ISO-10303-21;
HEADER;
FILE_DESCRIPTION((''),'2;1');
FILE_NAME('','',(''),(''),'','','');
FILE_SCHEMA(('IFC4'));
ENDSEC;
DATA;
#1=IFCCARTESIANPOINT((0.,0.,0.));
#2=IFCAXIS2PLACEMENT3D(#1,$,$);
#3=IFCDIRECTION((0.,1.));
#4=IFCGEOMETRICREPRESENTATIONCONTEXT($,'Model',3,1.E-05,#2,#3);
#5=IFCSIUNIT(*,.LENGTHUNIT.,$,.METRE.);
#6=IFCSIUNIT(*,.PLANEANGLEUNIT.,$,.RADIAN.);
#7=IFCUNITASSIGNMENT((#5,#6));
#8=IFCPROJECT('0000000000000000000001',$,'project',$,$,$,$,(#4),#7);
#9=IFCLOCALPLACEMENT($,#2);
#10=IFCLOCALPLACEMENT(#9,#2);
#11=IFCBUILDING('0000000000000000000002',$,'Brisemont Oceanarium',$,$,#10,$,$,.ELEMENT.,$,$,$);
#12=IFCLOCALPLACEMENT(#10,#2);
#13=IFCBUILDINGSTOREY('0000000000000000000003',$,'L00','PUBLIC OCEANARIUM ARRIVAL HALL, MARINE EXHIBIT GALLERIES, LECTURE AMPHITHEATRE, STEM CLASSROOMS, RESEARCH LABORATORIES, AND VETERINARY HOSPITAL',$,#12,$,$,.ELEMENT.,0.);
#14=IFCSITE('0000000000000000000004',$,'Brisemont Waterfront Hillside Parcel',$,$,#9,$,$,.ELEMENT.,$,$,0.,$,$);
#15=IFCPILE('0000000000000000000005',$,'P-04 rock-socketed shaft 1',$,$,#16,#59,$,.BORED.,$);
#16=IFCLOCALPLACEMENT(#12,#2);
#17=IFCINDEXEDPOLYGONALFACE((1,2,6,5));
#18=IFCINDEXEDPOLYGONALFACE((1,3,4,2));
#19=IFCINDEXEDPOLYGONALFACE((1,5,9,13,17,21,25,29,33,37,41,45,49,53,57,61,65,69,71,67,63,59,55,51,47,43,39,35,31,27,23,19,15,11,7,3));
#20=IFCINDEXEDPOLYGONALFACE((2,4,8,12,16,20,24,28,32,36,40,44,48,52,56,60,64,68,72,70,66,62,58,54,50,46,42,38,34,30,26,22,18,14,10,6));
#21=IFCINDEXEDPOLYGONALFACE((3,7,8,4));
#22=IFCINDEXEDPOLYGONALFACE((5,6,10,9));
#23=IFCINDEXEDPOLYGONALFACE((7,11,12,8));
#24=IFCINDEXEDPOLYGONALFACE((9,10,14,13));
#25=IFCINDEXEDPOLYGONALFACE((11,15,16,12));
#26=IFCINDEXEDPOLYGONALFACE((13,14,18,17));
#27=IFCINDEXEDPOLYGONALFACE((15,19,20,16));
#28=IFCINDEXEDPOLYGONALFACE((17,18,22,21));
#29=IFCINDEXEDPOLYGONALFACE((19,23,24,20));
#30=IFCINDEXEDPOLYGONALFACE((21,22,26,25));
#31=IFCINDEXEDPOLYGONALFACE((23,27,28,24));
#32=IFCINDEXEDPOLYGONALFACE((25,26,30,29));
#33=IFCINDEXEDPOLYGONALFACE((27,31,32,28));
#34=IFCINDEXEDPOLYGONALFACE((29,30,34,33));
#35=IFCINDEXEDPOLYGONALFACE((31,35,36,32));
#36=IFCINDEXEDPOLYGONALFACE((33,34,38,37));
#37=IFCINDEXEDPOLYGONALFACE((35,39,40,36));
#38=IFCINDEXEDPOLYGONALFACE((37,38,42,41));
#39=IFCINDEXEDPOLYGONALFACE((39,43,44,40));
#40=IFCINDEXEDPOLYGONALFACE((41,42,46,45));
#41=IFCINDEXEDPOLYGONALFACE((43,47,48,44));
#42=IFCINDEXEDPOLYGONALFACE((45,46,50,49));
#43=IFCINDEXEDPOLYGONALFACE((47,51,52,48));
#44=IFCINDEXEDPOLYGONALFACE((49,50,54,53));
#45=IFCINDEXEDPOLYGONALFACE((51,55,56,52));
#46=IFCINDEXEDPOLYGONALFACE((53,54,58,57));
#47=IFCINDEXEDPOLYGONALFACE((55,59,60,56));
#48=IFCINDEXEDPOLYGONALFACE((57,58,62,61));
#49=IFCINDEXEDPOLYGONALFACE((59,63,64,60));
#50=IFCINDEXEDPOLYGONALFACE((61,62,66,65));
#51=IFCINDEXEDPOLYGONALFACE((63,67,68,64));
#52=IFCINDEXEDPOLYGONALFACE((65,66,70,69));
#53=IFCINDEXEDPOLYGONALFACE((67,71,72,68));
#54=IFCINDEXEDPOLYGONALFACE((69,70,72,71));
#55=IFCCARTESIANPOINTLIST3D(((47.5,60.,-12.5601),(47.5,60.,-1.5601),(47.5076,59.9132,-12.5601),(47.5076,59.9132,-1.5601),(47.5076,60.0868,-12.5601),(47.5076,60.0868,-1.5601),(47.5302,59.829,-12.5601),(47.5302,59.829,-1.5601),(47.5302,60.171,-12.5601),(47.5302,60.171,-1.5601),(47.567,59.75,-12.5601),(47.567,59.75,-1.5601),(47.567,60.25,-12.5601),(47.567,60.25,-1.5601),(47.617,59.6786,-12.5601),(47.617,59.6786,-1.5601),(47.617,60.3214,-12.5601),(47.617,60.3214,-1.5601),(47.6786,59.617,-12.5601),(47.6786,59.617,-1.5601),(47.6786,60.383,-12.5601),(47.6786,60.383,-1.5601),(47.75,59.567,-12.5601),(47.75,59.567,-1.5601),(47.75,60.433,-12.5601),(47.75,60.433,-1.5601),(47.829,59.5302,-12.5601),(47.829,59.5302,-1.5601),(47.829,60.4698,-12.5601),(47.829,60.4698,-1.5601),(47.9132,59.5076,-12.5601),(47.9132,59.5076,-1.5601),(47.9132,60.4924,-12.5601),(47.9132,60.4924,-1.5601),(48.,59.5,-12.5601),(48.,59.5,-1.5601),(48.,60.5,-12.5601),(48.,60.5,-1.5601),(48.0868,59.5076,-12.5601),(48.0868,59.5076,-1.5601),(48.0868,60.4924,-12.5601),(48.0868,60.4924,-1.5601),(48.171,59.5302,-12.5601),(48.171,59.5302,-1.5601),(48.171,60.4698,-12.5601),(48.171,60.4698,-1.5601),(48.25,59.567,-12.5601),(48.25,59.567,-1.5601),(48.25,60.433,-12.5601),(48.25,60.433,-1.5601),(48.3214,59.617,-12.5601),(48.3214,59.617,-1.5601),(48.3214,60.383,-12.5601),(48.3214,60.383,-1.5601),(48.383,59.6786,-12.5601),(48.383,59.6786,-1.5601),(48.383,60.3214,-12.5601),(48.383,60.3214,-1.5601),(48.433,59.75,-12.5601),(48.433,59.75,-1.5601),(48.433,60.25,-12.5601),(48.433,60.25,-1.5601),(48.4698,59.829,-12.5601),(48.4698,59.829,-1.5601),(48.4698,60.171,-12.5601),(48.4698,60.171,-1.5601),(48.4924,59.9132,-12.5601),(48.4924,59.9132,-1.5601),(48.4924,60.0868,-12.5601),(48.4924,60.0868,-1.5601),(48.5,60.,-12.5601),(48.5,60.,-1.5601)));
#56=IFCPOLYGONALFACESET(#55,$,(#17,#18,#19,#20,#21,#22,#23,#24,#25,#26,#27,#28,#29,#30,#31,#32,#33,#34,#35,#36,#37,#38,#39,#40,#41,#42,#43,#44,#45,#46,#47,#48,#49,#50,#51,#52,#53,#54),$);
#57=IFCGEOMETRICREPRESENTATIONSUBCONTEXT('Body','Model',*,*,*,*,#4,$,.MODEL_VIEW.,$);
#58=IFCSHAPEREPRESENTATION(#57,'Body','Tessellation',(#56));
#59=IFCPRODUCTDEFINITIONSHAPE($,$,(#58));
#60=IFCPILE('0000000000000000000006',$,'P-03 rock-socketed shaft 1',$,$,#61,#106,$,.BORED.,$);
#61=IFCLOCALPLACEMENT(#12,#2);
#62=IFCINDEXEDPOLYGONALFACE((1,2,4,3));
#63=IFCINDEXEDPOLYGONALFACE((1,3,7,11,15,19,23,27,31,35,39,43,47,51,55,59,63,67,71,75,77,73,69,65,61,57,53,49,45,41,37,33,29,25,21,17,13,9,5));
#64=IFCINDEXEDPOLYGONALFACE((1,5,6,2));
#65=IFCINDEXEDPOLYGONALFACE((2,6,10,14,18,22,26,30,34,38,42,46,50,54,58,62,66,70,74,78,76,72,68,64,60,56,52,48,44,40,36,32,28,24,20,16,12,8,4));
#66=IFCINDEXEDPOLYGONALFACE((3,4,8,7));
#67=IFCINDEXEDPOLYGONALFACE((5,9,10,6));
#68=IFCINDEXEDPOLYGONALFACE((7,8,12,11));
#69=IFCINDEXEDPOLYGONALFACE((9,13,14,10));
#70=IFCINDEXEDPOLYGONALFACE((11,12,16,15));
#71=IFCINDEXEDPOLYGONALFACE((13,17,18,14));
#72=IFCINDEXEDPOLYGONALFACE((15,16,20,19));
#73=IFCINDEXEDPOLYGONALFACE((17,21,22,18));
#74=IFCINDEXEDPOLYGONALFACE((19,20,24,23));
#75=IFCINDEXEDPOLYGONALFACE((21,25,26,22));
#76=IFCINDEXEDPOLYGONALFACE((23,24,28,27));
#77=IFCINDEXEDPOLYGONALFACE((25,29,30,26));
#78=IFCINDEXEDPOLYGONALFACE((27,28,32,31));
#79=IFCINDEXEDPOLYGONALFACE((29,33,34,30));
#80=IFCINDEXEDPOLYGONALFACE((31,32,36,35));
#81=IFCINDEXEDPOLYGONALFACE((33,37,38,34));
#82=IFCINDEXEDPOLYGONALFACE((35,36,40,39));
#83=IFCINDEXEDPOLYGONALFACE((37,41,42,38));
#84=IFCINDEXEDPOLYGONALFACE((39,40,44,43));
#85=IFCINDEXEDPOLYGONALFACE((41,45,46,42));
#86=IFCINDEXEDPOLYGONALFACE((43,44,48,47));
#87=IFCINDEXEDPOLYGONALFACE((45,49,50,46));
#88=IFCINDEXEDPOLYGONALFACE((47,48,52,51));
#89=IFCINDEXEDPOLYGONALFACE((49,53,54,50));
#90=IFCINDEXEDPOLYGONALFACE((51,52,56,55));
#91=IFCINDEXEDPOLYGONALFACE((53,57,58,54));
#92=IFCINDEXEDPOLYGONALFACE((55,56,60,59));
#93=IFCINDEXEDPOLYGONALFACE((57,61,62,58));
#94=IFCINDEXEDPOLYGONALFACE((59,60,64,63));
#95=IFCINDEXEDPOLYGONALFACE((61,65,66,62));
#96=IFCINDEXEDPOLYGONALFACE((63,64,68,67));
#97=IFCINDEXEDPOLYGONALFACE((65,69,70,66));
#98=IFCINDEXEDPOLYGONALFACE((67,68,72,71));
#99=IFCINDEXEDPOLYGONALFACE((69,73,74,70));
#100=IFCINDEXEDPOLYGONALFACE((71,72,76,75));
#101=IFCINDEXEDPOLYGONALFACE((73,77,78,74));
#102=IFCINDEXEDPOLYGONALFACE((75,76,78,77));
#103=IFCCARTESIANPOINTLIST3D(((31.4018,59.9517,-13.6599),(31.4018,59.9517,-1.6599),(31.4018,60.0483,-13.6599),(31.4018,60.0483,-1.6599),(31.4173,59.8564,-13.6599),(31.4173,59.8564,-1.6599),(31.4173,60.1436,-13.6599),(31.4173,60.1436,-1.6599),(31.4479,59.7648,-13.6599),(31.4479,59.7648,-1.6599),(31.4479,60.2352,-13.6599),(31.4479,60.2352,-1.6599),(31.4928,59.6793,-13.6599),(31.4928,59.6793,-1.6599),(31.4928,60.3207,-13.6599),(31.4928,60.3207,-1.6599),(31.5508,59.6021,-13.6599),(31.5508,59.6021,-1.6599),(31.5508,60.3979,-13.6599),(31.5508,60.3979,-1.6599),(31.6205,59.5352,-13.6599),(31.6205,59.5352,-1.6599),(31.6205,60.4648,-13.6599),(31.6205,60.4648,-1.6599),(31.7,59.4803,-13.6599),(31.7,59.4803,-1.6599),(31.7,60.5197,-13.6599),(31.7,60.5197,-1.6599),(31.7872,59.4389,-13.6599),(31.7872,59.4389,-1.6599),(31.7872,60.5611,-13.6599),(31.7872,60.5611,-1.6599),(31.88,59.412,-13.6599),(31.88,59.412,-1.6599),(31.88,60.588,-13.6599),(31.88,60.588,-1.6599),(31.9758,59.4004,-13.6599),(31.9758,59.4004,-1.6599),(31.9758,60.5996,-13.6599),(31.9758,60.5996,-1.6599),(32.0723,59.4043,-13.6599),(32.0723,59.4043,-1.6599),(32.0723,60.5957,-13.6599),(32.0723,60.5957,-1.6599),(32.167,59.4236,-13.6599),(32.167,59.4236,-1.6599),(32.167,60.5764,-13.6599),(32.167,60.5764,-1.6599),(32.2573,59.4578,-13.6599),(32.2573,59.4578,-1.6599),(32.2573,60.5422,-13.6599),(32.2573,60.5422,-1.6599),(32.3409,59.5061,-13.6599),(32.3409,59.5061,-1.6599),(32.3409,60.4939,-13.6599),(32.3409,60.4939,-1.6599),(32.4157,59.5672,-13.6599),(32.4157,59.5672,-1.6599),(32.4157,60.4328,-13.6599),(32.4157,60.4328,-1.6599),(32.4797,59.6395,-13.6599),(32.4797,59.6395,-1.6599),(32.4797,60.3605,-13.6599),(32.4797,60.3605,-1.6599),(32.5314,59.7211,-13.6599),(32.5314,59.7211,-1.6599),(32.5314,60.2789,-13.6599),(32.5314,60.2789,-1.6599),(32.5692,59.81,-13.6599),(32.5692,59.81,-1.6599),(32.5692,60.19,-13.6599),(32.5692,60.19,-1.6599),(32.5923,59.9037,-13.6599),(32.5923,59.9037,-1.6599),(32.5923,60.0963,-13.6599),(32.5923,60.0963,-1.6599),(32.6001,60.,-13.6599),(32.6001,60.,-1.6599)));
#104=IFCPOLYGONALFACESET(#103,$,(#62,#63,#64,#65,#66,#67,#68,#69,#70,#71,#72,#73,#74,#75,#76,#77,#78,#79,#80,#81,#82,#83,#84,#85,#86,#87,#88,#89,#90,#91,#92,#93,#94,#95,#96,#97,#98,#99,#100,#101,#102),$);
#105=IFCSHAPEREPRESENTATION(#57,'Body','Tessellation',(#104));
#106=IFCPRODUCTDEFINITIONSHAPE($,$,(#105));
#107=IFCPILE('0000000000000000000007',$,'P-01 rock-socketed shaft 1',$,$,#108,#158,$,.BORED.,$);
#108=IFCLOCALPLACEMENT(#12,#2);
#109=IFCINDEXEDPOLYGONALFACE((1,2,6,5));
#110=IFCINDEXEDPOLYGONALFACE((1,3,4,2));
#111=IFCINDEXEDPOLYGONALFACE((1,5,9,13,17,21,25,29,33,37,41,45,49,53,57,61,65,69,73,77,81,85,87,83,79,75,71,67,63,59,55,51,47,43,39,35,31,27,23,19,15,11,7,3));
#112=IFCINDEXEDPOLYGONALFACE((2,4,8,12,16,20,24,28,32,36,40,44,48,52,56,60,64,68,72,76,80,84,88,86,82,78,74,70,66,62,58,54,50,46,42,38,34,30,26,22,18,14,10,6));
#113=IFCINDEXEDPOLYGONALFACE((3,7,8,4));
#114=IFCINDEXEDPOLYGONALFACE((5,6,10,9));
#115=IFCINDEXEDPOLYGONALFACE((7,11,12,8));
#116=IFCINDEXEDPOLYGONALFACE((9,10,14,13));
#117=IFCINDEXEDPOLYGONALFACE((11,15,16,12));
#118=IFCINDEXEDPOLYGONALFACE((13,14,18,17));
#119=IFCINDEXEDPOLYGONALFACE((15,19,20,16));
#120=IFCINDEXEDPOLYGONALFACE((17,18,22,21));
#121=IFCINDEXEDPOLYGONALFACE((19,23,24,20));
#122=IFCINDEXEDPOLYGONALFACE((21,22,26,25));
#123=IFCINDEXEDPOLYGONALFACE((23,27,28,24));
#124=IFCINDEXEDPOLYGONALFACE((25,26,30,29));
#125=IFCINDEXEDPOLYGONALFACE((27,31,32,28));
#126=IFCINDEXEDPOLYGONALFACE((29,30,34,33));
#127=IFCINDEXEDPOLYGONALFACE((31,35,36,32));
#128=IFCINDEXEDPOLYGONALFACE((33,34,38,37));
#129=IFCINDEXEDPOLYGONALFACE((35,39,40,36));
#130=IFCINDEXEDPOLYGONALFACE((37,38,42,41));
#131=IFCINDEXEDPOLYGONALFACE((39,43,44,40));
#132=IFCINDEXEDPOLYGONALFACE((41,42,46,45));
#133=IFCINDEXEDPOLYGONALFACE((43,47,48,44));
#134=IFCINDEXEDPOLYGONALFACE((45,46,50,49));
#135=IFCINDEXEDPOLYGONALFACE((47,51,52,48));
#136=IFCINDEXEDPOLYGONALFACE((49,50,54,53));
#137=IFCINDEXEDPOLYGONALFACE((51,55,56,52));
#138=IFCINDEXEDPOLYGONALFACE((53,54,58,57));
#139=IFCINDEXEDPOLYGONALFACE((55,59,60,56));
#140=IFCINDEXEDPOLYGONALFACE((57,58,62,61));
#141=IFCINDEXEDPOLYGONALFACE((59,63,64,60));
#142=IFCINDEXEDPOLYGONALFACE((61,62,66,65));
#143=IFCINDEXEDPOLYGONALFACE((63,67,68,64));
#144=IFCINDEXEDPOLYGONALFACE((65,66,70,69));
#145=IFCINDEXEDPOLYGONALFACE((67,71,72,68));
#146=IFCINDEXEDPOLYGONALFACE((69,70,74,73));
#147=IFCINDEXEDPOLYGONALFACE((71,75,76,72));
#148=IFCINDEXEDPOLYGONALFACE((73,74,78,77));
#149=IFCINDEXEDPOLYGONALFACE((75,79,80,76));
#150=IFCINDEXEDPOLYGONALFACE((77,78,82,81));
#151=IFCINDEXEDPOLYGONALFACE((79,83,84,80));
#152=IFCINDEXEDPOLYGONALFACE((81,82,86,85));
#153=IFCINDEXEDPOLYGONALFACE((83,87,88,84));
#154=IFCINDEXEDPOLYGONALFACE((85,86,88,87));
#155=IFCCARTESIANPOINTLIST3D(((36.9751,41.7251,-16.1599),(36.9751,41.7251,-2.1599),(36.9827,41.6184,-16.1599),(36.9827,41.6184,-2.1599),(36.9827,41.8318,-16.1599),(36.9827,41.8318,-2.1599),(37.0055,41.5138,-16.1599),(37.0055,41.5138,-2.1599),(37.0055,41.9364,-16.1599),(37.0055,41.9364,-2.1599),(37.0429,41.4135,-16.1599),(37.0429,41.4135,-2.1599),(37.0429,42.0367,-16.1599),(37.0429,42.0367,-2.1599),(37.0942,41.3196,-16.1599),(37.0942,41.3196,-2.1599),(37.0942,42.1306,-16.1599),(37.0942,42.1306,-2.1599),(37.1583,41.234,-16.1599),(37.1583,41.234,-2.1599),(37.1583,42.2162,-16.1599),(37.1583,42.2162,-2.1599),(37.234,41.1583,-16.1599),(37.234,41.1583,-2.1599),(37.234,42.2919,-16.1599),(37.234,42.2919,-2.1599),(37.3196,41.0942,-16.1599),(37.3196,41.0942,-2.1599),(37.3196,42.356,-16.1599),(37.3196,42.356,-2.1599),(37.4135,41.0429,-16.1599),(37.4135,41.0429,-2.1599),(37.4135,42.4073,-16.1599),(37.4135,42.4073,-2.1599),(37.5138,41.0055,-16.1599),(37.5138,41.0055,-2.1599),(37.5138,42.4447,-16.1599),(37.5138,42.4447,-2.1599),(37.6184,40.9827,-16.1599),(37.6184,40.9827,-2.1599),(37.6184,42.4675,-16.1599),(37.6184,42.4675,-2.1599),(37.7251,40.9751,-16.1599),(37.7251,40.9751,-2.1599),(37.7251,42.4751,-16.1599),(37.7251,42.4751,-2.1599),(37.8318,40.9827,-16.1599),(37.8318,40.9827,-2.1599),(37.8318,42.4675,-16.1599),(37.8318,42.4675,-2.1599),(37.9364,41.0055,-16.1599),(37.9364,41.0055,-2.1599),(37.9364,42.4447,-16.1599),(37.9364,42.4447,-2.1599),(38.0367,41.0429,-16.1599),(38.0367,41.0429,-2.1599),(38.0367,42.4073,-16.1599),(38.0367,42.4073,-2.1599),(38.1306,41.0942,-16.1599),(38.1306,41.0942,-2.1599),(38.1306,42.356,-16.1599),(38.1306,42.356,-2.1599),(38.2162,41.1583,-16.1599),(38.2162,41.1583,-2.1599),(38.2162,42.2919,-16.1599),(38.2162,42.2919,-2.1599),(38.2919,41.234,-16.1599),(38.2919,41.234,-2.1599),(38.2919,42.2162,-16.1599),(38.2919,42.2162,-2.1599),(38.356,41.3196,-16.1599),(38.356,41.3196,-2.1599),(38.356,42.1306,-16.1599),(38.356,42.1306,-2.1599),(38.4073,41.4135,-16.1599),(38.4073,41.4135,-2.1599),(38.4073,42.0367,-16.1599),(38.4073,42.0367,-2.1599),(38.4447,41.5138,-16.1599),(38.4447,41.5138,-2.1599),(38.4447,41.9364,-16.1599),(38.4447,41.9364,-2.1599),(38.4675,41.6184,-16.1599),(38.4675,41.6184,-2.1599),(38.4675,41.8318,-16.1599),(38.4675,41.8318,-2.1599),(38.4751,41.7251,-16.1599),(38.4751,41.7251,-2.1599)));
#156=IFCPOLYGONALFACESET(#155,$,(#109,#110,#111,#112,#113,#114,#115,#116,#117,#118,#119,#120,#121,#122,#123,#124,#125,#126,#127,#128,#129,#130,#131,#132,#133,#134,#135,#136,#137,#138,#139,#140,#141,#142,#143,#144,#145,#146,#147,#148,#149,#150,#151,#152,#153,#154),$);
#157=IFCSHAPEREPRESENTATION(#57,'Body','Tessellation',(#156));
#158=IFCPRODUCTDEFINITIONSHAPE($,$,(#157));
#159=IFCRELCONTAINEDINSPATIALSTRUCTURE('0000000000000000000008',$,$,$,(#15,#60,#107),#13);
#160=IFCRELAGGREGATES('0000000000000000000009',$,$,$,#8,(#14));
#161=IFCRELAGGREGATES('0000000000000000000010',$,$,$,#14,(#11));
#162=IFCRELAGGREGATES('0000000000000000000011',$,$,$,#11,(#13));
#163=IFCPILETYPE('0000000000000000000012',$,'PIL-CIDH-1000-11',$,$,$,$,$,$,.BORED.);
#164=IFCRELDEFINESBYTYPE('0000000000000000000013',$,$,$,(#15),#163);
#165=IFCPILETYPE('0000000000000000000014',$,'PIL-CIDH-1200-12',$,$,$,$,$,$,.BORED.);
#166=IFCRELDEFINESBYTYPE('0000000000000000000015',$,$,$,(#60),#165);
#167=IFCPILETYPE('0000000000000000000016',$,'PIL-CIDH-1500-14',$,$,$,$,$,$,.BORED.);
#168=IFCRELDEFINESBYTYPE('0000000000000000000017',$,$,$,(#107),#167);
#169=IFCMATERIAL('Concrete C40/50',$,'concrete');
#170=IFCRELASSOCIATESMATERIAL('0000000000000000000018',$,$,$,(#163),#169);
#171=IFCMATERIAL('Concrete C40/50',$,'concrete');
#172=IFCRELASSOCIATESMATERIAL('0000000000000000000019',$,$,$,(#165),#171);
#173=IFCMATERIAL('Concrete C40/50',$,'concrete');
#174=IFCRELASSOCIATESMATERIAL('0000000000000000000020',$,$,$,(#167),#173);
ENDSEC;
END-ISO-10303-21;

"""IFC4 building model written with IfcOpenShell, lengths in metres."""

from ifc_helpers import new_model, si_unit, direction, frame, origin, origin_2d, place, context, subcontext, project, spatial, circle, extrude, material, material_profile, profile_set, type_object, element, save


model = new_model("IFC4")

# Units and contexts
model_context = context("Model", 3, precision=1e-05, world=origin(), true_north=direction((0.0, 1.0)))
body_context = subcontext(model_context, "Body", "Model", "MODEL_VIEW")
ifc_project = project(units=[si_unit("LENGTHUNIT", "METRE"), si_unit("PLANEANGLEUNIT", "RADIAN")], contexts=[model_context])

# Site, building, storey
site_placement = place(None, origin())
site = spatial("IfcSite", under=ifc_project, at=site_placement, Name="Brisemont Waterfront Hillside Parcel", CompositionType="ELEMENT", RefElevation=0.0)
building_placement = place(site_placement, origin())
building = spatial("IfcBuilding", under=site, at=building_placement, Name="Brisemont Oceanarium", CompositionType="ELEMENT")
storey_placement = place(building_placement, origin())
storey = spatial("IfcBuildingStorey", under=building, at=storey_placement, Name="L00", Description="PUBLIC OCEANARIUM ARRIVAL HALL, MARINE EXHIBIT GALLERIES, LECTURE AMPHITHEATRE, STEM CLASSROOMS, RESEARCH LABORATORIES, AND VETERINARY HOSPITAL", CompositionType="ELEMENT", Elevation=0.0)

# Piles
ifc_material_1 = material(Name="Concrete C40/50", Category="concrete")
ifc_material_profile_1 = material_profile(ifc_material_1, circle(Radius=0.5, at=origin_2d()), Name="CIDH-D1000")
ifc_profile_set_1 = profile_set([ifc_material_profile_1], Name="Concrete C40/50")
pile_type_1 = type_object("IfcPileType", Name="PIL-CIDH-1000-11", PredefinedType="BORED", material=ifc_profile_set_1)
for number, where, z_axis, x_axis, name in (
    (1, (48.0, 60.0, -1.5601), (0.0, 0.0, -1.0), (1.0, 0.0, 0.0), "P-04 rock-socketed shaft 1"),
):
    element("IfcPile", number, at=place(storey_placement, frame(where, z_axis=z_axis, x_axis=x_axis)), inside=storey, type_object=pile_type_1, Name=name, PredefinedType="BORED", context=body_context, shape_type="SweptSolid", body=[
        extrude(circle(Radius=0.5, at=origin_2d()), origin(), (0.0, 0.0, 1.0), 11.0),
    ])
ifc_material_2 = material(Name="Concrete C40/50", Category="concrete")
ifc_material_profile_2 = material_profile(ifc_material_2, circle(Radius=0.6001, at=origin_2d()), Name="CIDH-D1200")
ifc_profile_set_2 = profile_set([ifc_material_profile_2], Name="Concrete C40/50")
pile_type_2 = type_object("IfcPileType", Name="PIL-CIDH-1200-12", PredefinedType="BORED", material=ifc_profile_set_2)
pile_placement = place(storey_placement, frame((32.0, 60.0, -1.6599), z_axis=(0.0, 0.0, -1.0), x_axis=(1.0, 0.0, 0.0)))
element("IfcPile", 2, at=pile_placement, inside=storey, type_object=pile_type_2, Name="P-03 rock-socketed shaft 1", PredefinedType="BORED", context=body_context, shape_type="SweptSolid", body=[
    extrude(circle(Radius=0.6001, at=origin_2d()), origin(), (0.0, 0.0, 1.0), 12.0),
])
ifc_material_3 = material(Name="Concrete C40/50", Category="concrete")
ifc_material_profile_3 = material_profile(ifc_material_3, circle(Radius=0.75, at=origin_2d()), Name="CIDH-D1500")
ifc_profile_set_3 = profile_set([ifc_material_profile_3], Name="Concrete C40/50")
pile_type_3 = type_object("IfcPileType", Name="PIL-CIDH-1500-14", PredefinedType="BORED", material=ifc_profile_set_3)
for number, where, z_axis, x_axis, name in (
    (3, (37.7251, 41.7251, -2.1599), (0.0, 0.0, -1.0), (1.0, 0.0, 0.0), "P-01 rock-socketed shaft 1"),
):
    element("IfcPile", number, at=place(storey_placement, frame(where, z_axis=z_axis, x_axis=x_axis)), inside=storey, type_object=pile_type_3, Name=name, PredefinedType="BORED", context=body_context, shape_type="SweptSolid", body=[
        extrude(circle(Radius=0.75, at=origin_2d()), origin(), (0.0, 0.0, 1.0), 14.0),
    ])

save(model, "model.ifc")
